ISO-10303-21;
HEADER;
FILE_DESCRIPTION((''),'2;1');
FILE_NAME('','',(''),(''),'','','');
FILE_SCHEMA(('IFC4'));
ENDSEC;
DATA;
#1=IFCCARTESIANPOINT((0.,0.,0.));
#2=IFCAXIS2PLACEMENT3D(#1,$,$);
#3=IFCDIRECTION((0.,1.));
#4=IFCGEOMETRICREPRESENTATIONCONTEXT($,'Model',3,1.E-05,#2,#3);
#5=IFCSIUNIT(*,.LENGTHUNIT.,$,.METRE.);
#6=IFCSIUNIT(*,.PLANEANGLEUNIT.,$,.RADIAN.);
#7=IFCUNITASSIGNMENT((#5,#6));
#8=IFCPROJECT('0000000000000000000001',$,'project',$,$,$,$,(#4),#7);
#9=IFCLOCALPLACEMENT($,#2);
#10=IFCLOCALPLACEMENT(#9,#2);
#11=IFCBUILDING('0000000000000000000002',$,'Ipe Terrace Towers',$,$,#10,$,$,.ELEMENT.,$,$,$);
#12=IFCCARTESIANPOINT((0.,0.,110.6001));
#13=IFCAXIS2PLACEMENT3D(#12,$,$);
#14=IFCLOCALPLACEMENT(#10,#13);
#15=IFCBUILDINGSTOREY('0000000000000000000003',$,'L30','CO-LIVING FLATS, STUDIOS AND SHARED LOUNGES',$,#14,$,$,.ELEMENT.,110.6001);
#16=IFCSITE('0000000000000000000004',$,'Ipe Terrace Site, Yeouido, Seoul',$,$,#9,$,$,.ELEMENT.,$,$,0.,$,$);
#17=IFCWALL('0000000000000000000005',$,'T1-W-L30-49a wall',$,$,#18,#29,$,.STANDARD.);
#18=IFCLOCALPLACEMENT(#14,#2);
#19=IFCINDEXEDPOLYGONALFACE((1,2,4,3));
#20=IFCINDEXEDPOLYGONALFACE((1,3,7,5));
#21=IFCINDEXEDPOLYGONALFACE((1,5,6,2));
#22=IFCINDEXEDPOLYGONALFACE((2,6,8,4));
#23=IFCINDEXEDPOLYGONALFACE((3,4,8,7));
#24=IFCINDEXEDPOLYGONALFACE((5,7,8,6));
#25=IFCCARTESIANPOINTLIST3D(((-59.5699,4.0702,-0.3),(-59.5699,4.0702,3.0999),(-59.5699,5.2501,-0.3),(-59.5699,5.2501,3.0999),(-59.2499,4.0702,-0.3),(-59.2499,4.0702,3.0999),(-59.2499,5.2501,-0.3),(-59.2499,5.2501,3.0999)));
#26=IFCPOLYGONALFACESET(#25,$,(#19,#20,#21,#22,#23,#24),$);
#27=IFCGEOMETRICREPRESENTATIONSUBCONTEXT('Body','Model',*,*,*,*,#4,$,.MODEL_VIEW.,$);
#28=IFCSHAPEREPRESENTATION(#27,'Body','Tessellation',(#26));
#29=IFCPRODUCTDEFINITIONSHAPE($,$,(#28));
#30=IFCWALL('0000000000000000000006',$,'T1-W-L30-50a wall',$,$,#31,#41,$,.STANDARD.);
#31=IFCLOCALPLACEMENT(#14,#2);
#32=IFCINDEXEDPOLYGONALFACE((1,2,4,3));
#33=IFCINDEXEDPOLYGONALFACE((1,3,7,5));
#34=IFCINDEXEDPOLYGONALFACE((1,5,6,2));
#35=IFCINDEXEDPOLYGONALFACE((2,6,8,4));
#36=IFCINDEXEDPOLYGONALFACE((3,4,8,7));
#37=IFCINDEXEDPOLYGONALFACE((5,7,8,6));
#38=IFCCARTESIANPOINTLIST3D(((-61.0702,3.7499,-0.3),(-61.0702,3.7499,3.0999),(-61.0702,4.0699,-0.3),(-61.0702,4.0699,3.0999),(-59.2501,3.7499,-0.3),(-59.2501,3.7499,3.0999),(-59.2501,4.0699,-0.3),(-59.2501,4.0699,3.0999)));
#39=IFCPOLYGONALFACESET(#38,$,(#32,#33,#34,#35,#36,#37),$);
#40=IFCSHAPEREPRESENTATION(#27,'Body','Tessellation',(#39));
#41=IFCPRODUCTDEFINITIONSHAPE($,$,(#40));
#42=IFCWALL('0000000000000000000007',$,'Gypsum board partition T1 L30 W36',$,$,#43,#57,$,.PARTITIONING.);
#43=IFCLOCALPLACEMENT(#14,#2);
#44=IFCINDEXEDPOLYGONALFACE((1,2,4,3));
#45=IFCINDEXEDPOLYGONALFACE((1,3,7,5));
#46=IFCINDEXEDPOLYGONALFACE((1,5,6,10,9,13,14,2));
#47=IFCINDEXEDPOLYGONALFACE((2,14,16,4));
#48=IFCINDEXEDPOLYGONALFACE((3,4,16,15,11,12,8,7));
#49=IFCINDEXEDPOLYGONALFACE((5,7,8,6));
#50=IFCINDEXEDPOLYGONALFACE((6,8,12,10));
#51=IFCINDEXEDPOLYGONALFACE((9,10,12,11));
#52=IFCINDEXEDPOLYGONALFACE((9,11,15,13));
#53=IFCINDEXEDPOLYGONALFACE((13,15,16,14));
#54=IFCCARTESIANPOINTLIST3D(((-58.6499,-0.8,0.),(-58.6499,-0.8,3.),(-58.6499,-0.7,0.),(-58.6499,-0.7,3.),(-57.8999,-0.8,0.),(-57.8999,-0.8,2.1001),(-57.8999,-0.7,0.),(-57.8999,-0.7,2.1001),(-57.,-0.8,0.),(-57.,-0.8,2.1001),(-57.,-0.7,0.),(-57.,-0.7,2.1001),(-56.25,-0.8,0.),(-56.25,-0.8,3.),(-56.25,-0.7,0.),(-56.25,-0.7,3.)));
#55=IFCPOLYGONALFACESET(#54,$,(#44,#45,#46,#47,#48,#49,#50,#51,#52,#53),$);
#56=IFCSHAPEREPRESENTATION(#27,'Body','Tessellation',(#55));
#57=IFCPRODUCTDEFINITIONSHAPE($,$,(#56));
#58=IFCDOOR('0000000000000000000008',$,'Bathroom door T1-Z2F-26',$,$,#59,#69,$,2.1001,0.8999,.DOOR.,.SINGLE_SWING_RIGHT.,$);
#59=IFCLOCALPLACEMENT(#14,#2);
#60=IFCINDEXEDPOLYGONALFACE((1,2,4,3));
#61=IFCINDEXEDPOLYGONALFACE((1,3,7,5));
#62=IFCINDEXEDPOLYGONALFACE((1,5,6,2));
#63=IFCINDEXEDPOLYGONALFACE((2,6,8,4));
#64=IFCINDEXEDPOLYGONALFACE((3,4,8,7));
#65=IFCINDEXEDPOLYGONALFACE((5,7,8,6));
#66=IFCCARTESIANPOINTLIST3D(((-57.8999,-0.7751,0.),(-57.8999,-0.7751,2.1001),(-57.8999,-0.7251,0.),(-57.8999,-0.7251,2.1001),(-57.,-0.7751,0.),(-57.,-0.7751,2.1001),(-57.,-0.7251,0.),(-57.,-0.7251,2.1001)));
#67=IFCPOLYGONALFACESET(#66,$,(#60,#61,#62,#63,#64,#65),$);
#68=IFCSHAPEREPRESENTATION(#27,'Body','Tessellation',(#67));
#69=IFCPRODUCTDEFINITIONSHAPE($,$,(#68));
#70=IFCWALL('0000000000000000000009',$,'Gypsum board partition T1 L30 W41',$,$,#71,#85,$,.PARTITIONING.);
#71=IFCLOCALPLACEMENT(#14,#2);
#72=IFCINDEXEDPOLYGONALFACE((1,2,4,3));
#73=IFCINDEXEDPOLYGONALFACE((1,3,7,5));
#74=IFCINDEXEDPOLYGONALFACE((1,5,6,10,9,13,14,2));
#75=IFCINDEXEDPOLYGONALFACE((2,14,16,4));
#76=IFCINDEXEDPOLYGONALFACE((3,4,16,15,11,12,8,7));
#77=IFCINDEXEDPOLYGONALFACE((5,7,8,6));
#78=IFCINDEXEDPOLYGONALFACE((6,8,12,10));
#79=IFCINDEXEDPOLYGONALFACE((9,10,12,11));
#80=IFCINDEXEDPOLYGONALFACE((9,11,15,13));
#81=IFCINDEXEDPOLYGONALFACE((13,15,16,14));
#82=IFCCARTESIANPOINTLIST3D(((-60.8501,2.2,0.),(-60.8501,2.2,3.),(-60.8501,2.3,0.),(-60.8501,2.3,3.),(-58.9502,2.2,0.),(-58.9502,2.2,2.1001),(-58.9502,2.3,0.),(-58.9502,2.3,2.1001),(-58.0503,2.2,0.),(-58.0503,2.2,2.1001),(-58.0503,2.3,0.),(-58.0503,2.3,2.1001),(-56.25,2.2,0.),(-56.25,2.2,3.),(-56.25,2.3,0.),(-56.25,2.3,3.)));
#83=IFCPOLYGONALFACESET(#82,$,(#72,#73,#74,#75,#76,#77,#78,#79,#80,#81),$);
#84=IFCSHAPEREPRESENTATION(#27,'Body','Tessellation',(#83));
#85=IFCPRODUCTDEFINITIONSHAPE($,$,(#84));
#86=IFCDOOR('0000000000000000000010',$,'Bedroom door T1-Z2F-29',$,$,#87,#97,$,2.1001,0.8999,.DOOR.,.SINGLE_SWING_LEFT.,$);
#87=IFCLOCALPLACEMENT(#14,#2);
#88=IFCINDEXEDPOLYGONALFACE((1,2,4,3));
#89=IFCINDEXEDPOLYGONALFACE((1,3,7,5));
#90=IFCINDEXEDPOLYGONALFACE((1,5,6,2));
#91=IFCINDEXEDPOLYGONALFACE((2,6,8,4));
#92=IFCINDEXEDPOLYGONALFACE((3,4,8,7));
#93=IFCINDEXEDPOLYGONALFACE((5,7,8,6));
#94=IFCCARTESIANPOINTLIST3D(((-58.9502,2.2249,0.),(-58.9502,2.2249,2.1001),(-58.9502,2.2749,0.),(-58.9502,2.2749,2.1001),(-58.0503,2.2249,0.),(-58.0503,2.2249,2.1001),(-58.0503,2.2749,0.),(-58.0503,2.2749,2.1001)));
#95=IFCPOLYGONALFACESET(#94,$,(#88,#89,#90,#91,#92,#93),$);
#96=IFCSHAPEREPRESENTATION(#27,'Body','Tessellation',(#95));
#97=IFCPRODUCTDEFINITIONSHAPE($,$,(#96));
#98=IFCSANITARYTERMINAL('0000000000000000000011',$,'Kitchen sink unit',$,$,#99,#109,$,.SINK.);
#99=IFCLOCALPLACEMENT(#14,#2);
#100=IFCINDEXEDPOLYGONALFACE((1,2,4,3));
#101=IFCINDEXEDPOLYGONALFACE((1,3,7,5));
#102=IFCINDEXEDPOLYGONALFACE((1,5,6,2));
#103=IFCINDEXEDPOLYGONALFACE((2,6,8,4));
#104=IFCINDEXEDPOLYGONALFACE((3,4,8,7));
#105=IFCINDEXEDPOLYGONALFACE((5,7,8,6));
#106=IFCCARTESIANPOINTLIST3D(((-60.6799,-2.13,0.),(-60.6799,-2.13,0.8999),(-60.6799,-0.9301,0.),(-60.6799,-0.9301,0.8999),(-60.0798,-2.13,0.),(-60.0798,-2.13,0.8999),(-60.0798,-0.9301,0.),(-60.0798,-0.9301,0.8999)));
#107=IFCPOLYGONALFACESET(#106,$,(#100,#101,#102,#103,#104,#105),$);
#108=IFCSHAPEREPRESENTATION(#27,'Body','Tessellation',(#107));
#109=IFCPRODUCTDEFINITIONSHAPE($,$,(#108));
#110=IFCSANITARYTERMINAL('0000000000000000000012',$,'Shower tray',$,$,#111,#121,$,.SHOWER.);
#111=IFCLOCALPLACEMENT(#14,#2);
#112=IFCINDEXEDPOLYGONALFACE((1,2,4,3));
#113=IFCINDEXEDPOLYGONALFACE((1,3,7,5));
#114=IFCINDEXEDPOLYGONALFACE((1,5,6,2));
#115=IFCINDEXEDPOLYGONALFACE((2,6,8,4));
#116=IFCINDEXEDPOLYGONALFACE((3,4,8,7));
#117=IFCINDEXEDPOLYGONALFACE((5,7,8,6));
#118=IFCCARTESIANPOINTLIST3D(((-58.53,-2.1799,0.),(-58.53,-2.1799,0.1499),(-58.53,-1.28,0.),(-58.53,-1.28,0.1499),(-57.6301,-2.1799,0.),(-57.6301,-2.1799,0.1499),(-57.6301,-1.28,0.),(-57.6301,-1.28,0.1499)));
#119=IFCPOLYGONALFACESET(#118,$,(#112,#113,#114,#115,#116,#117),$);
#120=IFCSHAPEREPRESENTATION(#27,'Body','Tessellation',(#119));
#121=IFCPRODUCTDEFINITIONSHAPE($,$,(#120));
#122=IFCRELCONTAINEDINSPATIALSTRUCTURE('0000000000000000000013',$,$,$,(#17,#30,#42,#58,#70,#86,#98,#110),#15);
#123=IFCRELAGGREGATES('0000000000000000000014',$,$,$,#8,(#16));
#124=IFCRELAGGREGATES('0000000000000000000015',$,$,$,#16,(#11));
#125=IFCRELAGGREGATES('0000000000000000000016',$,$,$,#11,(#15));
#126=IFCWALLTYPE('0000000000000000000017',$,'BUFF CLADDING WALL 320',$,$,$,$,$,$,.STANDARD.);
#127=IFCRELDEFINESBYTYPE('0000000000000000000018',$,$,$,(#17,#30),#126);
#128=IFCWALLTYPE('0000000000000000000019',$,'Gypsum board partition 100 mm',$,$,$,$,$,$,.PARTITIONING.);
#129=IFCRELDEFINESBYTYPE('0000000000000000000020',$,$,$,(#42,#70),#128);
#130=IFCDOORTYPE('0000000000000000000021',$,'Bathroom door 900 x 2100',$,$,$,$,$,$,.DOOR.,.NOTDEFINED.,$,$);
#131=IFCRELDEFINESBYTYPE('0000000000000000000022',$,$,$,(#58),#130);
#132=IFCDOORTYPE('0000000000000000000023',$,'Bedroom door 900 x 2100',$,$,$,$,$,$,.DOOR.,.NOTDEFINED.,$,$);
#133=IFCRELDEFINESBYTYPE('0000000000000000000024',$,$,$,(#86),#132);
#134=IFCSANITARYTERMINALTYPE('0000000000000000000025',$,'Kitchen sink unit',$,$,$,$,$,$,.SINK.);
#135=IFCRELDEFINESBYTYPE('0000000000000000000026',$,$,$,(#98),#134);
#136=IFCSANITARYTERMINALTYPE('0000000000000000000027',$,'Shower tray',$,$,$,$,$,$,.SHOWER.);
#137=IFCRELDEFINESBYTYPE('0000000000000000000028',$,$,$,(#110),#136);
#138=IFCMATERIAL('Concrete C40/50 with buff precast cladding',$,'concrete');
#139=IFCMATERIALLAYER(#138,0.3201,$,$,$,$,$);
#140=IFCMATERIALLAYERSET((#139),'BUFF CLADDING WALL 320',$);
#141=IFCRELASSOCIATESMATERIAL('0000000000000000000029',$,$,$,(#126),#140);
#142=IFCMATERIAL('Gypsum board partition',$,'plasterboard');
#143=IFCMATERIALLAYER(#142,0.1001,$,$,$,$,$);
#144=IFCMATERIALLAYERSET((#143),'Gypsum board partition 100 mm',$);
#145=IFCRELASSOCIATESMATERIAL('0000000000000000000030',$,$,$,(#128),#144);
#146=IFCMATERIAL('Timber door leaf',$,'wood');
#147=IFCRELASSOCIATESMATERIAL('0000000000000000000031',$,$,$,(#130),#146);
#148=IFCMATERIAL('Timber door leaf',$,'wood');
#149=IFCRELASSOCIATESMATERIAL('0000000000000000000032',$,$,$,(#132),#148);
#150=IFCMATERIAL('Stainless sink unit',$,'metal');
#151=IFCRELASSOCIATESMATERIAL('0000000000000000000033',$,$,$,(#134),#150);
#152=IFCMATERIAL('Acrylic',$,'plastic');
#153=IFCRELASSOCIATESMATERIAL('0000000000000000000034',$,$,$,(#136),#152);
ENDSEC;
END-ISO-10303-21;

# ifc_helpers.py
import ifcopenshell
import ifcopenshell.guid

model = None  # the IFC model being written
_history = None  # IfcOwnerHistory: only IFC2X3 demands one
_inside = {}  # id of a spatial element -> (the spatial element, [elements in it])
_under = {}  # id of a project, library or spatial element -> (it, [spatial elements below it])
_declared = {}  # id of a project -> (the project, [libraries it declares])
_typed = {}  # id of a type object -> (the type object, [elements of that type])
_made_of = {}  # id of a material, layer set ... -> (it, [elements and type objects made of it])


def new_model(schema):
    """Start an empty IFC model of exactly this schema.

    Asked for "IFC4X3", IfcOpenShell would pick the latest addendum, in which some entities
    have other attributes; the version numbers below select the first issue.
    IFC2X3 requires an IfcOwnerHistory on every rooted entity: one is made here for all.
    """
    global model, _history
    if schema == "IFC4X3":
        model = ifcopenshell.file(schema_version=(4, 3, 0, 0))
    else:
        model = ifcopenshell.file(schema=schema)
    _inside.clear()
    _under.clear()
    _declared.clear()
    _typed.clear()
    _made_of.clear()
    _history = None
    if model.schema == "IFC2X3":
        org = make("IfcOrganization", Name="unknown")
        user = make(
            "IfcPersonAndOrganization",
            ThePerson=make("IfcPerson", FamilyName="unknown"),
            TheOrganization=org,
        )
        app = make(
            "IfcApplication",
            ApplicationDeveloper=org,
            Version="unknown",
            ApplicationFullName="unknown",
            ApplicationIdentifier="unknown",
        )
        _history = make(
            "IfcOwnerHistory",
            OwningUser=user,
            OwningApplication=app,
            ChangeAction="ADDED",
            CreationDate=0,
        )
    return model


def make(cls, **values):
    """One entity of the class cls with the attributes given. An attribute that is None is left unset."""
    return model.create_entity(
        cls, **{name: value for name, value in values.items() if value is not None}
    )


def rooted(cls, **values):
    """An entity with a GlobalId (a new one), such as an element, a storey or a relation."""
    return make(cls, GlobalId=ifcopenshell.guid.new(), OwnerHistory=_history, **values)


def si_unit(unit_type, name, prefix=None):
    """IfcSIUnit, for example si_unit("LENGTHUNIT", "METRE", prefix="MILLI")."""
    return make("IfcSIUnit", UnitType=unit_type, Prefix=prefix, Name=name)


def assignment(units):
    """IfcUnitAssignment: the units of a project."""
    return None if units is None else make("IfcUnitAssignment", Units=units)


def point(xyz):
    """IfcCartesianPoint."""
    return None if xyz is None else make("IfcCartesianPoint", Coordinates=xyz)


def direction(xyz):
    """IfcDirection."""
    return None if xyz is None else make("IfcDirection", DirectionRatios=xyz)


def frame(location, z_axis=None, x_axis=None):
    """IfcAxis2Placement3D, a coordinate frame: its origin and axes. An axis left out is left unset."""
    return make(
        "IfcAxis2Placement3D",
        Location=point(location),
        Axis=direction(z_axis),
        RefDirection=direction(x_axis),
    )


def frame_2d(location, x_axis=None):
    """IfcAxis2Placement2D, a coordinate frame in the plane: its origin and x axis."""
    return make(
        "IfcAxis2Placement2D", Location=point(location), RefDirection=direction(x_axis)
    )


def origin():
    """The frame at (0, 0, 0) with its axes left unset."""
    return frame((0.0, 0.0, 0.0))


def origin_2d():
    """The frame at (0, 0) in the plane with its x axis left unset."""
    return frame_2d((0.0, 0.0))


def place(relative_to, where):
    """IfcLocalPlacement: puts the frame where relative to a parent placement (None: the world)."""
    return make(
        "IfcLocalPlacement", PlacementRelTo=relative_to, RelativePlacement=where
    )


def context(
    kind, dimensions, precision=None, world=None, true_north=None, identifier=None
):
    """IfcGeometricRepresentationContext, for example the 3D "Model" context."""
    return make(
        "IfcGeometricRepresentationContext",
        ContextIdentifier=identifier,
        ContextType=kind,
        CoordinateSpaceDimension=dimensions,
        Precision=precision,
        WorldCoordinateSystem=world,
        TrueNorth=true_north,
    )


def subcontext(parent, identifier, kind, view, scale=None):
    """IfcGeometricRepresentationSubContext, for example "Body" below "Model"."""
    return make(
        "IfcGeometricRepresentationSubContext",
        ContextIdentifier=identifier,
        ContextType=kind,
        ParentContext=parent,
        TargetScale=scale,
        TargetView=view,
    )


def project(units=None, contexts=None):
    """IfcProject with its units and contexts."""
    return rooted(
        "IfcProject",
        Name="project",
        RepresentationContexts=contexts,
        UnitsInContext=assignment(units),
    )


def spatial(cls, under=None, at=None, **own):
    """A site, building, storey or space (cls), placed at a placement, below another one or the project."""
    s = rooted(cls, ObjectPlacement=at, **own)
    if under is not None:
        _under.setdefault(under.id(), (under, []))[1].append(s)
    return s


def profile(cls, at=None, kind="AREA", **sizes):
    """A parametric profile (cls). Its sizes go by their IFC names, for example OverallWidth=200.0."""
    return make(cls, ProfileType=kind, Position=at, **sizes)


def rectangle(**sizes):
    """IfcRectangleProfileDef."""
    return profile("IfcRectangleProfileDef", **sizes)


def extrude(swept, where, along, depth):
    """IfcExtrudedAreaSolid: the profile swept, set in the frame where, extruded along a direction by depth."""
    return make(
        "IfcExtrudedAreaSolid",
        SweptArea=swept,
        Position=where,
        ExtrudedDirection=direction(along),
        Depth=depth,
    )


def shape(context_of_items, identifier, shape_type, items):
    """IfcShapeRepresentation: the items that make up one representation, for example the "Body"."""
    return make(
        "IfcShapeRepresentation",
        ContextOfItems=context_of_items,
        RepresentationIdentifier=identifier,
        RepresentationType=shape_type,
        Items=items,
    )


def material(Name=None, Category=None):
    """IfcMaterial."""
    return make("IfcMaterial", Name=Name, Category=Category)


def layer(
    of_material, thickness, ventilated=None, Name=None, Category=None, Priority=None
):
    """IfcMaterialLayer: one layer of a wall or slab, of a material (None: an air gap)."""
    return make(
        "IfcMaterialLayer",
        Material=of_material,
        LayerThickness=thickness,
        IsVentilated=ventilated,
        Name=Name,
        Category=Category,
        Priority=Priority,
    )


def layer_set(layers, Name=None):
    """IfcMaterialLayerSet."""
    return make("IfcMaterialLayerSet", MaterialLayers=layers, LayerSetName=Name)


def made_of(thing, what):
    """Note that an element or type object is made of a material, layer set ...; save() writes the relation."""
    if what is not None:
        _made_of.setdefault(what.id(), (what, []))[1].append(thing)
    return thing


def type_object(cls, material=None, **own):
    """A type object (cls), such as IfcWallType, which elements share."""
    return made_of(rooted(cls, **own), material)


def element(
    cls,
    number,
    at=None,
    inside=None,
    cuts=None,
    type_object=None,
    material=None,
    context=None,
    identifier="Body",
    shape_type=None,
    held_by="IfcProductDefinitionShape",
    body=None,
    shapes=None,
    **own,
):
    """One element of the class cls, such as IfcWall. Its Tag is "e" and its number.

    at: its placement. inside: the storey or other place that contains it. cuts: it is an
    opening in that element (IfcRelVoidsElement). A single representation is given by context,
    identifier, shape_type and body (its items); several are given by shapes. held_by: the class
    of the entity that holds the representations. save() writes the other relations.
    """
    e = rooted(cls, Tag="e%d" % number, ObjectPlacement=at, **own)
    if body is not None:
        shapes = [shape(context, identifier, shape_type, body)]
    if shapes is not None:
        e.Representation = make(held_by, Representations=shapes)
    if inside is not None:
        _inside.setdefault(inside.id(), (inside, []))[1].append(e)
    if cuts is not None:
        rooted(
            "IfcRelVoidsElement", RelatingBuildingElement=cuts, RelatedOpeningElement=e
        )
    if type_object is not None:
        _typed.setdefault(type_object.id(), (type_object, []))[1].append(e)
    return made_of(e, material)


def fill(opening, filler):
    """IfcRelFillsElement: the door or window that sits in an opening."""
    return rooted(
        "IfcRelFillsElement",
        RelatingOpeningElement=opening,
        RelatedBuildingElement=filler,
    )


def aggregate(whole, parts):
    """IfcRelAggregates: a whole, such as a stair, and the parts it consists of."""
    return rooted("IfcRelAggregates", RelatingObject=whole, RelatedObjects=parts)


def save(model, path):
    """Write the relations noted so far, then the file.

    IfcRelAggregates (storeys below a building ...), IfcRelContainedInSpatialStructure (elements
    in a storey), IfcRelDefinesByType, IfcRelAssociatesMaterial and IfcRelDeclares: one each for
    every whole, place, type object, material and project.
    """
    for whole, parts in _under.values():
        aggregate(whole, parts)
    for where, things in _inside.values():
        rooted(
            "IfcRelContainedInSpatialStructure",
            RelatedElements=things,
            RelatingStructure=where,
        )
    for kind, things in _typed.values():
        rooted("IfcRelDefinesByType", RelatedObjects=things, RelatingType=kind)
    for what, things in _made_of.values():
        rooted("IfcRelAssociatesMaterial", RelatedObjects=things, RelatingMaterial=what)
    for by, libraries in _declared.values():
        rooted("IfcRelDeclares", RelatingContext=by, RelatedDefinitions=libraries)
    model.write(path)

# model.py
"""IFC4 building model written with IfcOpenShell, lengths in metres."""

from ifc_helpers import new_model, si_unit, direction, frame, frame_2d, origin, origin_2d, place, context, subcontext, project, spatial, rectangle, extrude, material, layer, layer_set, type_object, element, fill, save


model = new_model("IFC4")

# Units and contexts
model_context = context("Model", 3, precision=1e-05, world=origin(), true_north=direction((0.0, 1.0)))
body_context = subcontext(model_context, "Body", "Model", "MODEL_VIEW")
ifc_project = project(units=[si_unit("LENGTHUNIT", "METRE"), si_unit("PLANEANGLEUNIT", "RADIAN")], contexts=[model_context])

# Site, building, storey
site_placement = place(None, origin())
site = spatial("IfcSite", under=ifc_project, at=site_placement, Name="Ipe Terrace Site, Yeouido, Seoul", CompositionType="ELEMENT", RefElevation=0.0)
building_placement = place(site_placement, origin())
building = spatial("IfcBuilding", under=site, at=building_placement, Name="Ipe Terrace Towers", CompositionType="ELEMENT")
storey_placement = place(building_placement, frame((0.0, 0.0, 110.6001)))
storey = spatial("IfcBuildingStorey", under=building, at=storey_placement, Name="L30", Description="CO-LIVING FLATS, STUDIOS AND SHARED LOUNGES", CompositionType="ELEMENT", Elevation=110.6001)

# Shared definitions
ifc_material_1 = material(Name="Concrete C40/50 with buff precast cladding", Category="concrete")
ifc_layer_1 = layer(ifc_material_1, 0.3201)
ifc_layer_set_1 = layer_set([ifc_layer_1], Name="BUFF CLADDING WALL 320")
wall_type_1 = type_object("IfcWallType", Name="BUFF CLADDING WALL 320", PredefinedType="STANDARD", material=ifc_layer_set_1)

# Walls
wall_1_placement = place(storey_placement, frame((-59.4099, 5.25, -0.3), z_axis=(0.0, 0.0, 1.0), x_axis=(0.0, -1.0, 0.0)))
element("IfcWall", 1, at=wall_1_placement, inside=storey, type_object=wall_type_1, Name="T1-W-L30-49a wall", PredefinedType="STANDARD", context=body_context, shape_type="SweptSolid", body=[
    extrude(rectangle(XDim=1.1799, YDim=0.3201, at=frame_2d((0.5898, 0.0))), origin(), (0.0, 0.0, 1.0), 3.3999),
])
wall_2_placement = place(storey_placement, frame((-59.25, 3.9099, -0.3), z_axis=(0.0, 0.0, 1.0), x_axis=(-1.0, 0.0, 0.0)))
element("IfcWall", 2, at=wall_2_placement, inside=storey, type_object=wall_type_1, Name="T1-W-L30-50a wall", PredefinedType="STANDARD", context=body_context, shape_type="SweptSolid", body=[
    extrude(rectangle(XDim=1.8201, YDim=0.3201, at=frame_2d((0.9102, 0.0))), origin(), (0.0, 0.0, 1.0), 3.3999),
])

# Walls, openings, doors
ifc_material_2 = material(Name="Gypsum board partition", Category="plasterboard")
ifc_layer_2 = layer(ifc_material_2, 0.1001)
ifc_layer_set_2 = layer_set([ifc_layer_2], Name="Gypsum board partition 100 mm")
wall_type_2 = type_object("IfcWallType", Name="Gypsum board partition 100 mm", PredefinedType="PARTITIONING", material=ifc_layer_set_2)
wall_3_placement = place(storey_placement, frame((-58.6499, -0.75, 0.0), z_axis=(0.0, 0.0, 1.0), x_axis=(1.0, 0.0, 0.0)))
wall_3 = element("IfcWall", 3, at=wall_3_placement, inside=storey, type_object=wall_type_2, Name="Gypsum board partition T1 L30 W36", PredefinedType="PARTITIONING", context=body_context, shape_type="SweptSolid", body=[
    extrude(rectangle(XDim=2.3999, YDim=0.1001, at=frame_2d((1.2, 0.0))), origin(), (0.0, 0.0, 1.0), 3.0),
])
opening_1_placement = place(wall_3_placement, frame((0.75, 0.0, 0.0)))
opening_1 = element("IfcOpeningElement", 4, at=opening_1_placement, cuts=wall_3, PredefinedType="OPENING", context=body_context, shape_type="SweptSolid", body=[
    extrude(rectangle(XDim=0.8999, YDim=2.1001, at=frame_2d((0.45, 1.05))), frame((0.0, 0.0601, 0.0), z_axis=(0.0, -1.0, 0.0), x_axis=(1.0, 0.0, 0.0)), (0.0, 0.0, 1.0), 0.1201),
])
ifc_material_3 = material(Name="Timber door leaf", Category="wood")
door_type_1 = type_object("IfcDoorType", Name="Bathroom door 900 x 2100", OperationType="NOTDEFINED", PredefinedType="DOOR", material=ifc_material_3)
door_1_placement = place(opening_1_placement, origin())
door_1 = element("IfcDoor", 5, at=door_1_placement, inside=storey, type_object=door_type_1, Name="Bathroom door T1-Z2F-26", OperationType="SINGLE_SWING_RIGHT", OverallHeight=2.1001, OverallWidth=0.8999, PredefinedType="DOOR", context=body_context, shape_type="SweptSolid", body=[
    extrude(rectangle(XDim=0.8999, YDim=2.1001, at=frame_2d((0.45, 1.05))), frame((0.0, 0.0249, 0.0), z_axis=(0.0, -1.0, 0.0), x_axis=(1.0, 0.0, 0.0)), (0.0, 0.0, 1.0), 0.05),
])
fill(opening_1, door_1)
wall_4_placement = place(storey_placement, frame((-60.8501, 2.25, 0.0), z_axis=(0.0, 0.0, 1.0), x_axis=(1.0, 0.0, 0.0)))
wall_4 = element("IfcWall", 6, at=wall_4_placement, inside=storey, type_object=wall_type_2, Name="Gypsum board partition T1 L30 W41", PredefinedType="PARTITIONING", context=body_context, shape_type="SweptSolid", body=[
    extrude(rectangle(XDim=4.6001, YDim=0.1001, at=frame_2d((2.3, 0.0))), origin(), (0.0, 0.0, 1.0), 3.0),
])
opening_2_placement = place(wall_4_placement, frame((1.8999, 0.0, 0.0)))
opening_2 = element("IfcOpeningElement", 7, at=opening_2_placement, cuts=wall_4, PredefinedType="OPENING", context=body_context, shape_type="SweptSolid", body=[
    extrude(rectangle(XDim=0.8999, YDim=2.1001, at=frame_2d((0.45, 1.05))), frame((0.0, 0.0601, 0.0), z_axis=(0.0, -1.0, 0.0), x_axis=(1.0, 0.0, 0.0)), (0.0, 0.0, 1.0), 0.1201),
])
ifc_material_4 = material(Name="Timber door leaf", Category="wood")
door_type_2 = type_object("IfcDoorType", Name="Bedroom door 900 x 2100", OperationType="NOTDEFINED", PredefinedType="DOOR", material=ifc_material_4)
door_2_placement = place(opening_2_placement, origin())
door_2 = element("IfcDoor", 8, at=door_2_placement, inside=storey, type_object=door_type_2, Name="Bedroom door T1-Z2F-29", OperationType="SINGLE_SWING_LEFT", OverallHeight=2.1001, OverallWidth=0.8999, PredefinedType="DOOR", context=body_context, shape_type="SweptSolid", body=[
    extrude(rectangle(XDim=0.8999, YDim=2.1001, at=frame_2d((0.45, 1.05))), frame((0.0, 0.0249, 0.0), z_axis=(0.0, -1.0, 0.0), x_axis=(1.0, 0.0, 0.0)), (0.0, 0.0, 1.0), 0.05),
])
fill(opening_2, door_2)

# Sanitary terminals
ifc_material_5 = material(Name="Stainless sink unit", Category="metal")
sanitary_terminal_type_1 = type_object("IfcSanitaryTerminalType", Name="Kitchen sink unit", PredefinedType="SINK", material=ifc_material_5)
sanitary_terminal_1_placement = place(storey_placement, frame((-60.3799, -1.53, 0.0), z_axis=(0.0, 0.0, 1.0), x_axis=(0.0, 1.0, 0.0)))
element("IfcSanitaryTerminal", 9, at=sanitary_terminal_1_placement, inside=storey, type_object=sanitary_terminal_type_1, Name="Kitchen sink unit", PredefinedType="SINK", context=body_context, shape_type="SweptSolid", body=[
    extrude(rectangle(XDim=1.2, YDim=0.6001, at=origin_2d()), origin(), (0.0, 0.0, 1.0), 0.8999),
])
ifc_material_6 = material(Name="Acrylic", Category="plastic")
sanitary_terminal_type_2 = type_object("IfcSanitaryTerminalType", Name="Shower tray", PredefinedType="SHOWER", material=ifc_material_6)
sanitary_terminal_2_placement = place(storey_placement, frame((-58.0801, -1.73, 0.0), z_axis=(0.0, 0.0, 1.0), x_axis=(0.0, 1.0, 0.0)))
element("IfcSanitaryTerminal", 10, at=sanitary_terminal_2_placement, inside=storey, type_object=sanitary_terminal_type_2, Name="Shower tray", PredefinedType="SHOWER", context=body_context, shape_type="SweptSolid", body=[
    extrude(rectangle(XDim=0.8999, YDim=0.8999, at=origin_2d()), origin(), (0.0, 0.0, 1.0), 0.1499),
])

save(model, "model.ifc")
